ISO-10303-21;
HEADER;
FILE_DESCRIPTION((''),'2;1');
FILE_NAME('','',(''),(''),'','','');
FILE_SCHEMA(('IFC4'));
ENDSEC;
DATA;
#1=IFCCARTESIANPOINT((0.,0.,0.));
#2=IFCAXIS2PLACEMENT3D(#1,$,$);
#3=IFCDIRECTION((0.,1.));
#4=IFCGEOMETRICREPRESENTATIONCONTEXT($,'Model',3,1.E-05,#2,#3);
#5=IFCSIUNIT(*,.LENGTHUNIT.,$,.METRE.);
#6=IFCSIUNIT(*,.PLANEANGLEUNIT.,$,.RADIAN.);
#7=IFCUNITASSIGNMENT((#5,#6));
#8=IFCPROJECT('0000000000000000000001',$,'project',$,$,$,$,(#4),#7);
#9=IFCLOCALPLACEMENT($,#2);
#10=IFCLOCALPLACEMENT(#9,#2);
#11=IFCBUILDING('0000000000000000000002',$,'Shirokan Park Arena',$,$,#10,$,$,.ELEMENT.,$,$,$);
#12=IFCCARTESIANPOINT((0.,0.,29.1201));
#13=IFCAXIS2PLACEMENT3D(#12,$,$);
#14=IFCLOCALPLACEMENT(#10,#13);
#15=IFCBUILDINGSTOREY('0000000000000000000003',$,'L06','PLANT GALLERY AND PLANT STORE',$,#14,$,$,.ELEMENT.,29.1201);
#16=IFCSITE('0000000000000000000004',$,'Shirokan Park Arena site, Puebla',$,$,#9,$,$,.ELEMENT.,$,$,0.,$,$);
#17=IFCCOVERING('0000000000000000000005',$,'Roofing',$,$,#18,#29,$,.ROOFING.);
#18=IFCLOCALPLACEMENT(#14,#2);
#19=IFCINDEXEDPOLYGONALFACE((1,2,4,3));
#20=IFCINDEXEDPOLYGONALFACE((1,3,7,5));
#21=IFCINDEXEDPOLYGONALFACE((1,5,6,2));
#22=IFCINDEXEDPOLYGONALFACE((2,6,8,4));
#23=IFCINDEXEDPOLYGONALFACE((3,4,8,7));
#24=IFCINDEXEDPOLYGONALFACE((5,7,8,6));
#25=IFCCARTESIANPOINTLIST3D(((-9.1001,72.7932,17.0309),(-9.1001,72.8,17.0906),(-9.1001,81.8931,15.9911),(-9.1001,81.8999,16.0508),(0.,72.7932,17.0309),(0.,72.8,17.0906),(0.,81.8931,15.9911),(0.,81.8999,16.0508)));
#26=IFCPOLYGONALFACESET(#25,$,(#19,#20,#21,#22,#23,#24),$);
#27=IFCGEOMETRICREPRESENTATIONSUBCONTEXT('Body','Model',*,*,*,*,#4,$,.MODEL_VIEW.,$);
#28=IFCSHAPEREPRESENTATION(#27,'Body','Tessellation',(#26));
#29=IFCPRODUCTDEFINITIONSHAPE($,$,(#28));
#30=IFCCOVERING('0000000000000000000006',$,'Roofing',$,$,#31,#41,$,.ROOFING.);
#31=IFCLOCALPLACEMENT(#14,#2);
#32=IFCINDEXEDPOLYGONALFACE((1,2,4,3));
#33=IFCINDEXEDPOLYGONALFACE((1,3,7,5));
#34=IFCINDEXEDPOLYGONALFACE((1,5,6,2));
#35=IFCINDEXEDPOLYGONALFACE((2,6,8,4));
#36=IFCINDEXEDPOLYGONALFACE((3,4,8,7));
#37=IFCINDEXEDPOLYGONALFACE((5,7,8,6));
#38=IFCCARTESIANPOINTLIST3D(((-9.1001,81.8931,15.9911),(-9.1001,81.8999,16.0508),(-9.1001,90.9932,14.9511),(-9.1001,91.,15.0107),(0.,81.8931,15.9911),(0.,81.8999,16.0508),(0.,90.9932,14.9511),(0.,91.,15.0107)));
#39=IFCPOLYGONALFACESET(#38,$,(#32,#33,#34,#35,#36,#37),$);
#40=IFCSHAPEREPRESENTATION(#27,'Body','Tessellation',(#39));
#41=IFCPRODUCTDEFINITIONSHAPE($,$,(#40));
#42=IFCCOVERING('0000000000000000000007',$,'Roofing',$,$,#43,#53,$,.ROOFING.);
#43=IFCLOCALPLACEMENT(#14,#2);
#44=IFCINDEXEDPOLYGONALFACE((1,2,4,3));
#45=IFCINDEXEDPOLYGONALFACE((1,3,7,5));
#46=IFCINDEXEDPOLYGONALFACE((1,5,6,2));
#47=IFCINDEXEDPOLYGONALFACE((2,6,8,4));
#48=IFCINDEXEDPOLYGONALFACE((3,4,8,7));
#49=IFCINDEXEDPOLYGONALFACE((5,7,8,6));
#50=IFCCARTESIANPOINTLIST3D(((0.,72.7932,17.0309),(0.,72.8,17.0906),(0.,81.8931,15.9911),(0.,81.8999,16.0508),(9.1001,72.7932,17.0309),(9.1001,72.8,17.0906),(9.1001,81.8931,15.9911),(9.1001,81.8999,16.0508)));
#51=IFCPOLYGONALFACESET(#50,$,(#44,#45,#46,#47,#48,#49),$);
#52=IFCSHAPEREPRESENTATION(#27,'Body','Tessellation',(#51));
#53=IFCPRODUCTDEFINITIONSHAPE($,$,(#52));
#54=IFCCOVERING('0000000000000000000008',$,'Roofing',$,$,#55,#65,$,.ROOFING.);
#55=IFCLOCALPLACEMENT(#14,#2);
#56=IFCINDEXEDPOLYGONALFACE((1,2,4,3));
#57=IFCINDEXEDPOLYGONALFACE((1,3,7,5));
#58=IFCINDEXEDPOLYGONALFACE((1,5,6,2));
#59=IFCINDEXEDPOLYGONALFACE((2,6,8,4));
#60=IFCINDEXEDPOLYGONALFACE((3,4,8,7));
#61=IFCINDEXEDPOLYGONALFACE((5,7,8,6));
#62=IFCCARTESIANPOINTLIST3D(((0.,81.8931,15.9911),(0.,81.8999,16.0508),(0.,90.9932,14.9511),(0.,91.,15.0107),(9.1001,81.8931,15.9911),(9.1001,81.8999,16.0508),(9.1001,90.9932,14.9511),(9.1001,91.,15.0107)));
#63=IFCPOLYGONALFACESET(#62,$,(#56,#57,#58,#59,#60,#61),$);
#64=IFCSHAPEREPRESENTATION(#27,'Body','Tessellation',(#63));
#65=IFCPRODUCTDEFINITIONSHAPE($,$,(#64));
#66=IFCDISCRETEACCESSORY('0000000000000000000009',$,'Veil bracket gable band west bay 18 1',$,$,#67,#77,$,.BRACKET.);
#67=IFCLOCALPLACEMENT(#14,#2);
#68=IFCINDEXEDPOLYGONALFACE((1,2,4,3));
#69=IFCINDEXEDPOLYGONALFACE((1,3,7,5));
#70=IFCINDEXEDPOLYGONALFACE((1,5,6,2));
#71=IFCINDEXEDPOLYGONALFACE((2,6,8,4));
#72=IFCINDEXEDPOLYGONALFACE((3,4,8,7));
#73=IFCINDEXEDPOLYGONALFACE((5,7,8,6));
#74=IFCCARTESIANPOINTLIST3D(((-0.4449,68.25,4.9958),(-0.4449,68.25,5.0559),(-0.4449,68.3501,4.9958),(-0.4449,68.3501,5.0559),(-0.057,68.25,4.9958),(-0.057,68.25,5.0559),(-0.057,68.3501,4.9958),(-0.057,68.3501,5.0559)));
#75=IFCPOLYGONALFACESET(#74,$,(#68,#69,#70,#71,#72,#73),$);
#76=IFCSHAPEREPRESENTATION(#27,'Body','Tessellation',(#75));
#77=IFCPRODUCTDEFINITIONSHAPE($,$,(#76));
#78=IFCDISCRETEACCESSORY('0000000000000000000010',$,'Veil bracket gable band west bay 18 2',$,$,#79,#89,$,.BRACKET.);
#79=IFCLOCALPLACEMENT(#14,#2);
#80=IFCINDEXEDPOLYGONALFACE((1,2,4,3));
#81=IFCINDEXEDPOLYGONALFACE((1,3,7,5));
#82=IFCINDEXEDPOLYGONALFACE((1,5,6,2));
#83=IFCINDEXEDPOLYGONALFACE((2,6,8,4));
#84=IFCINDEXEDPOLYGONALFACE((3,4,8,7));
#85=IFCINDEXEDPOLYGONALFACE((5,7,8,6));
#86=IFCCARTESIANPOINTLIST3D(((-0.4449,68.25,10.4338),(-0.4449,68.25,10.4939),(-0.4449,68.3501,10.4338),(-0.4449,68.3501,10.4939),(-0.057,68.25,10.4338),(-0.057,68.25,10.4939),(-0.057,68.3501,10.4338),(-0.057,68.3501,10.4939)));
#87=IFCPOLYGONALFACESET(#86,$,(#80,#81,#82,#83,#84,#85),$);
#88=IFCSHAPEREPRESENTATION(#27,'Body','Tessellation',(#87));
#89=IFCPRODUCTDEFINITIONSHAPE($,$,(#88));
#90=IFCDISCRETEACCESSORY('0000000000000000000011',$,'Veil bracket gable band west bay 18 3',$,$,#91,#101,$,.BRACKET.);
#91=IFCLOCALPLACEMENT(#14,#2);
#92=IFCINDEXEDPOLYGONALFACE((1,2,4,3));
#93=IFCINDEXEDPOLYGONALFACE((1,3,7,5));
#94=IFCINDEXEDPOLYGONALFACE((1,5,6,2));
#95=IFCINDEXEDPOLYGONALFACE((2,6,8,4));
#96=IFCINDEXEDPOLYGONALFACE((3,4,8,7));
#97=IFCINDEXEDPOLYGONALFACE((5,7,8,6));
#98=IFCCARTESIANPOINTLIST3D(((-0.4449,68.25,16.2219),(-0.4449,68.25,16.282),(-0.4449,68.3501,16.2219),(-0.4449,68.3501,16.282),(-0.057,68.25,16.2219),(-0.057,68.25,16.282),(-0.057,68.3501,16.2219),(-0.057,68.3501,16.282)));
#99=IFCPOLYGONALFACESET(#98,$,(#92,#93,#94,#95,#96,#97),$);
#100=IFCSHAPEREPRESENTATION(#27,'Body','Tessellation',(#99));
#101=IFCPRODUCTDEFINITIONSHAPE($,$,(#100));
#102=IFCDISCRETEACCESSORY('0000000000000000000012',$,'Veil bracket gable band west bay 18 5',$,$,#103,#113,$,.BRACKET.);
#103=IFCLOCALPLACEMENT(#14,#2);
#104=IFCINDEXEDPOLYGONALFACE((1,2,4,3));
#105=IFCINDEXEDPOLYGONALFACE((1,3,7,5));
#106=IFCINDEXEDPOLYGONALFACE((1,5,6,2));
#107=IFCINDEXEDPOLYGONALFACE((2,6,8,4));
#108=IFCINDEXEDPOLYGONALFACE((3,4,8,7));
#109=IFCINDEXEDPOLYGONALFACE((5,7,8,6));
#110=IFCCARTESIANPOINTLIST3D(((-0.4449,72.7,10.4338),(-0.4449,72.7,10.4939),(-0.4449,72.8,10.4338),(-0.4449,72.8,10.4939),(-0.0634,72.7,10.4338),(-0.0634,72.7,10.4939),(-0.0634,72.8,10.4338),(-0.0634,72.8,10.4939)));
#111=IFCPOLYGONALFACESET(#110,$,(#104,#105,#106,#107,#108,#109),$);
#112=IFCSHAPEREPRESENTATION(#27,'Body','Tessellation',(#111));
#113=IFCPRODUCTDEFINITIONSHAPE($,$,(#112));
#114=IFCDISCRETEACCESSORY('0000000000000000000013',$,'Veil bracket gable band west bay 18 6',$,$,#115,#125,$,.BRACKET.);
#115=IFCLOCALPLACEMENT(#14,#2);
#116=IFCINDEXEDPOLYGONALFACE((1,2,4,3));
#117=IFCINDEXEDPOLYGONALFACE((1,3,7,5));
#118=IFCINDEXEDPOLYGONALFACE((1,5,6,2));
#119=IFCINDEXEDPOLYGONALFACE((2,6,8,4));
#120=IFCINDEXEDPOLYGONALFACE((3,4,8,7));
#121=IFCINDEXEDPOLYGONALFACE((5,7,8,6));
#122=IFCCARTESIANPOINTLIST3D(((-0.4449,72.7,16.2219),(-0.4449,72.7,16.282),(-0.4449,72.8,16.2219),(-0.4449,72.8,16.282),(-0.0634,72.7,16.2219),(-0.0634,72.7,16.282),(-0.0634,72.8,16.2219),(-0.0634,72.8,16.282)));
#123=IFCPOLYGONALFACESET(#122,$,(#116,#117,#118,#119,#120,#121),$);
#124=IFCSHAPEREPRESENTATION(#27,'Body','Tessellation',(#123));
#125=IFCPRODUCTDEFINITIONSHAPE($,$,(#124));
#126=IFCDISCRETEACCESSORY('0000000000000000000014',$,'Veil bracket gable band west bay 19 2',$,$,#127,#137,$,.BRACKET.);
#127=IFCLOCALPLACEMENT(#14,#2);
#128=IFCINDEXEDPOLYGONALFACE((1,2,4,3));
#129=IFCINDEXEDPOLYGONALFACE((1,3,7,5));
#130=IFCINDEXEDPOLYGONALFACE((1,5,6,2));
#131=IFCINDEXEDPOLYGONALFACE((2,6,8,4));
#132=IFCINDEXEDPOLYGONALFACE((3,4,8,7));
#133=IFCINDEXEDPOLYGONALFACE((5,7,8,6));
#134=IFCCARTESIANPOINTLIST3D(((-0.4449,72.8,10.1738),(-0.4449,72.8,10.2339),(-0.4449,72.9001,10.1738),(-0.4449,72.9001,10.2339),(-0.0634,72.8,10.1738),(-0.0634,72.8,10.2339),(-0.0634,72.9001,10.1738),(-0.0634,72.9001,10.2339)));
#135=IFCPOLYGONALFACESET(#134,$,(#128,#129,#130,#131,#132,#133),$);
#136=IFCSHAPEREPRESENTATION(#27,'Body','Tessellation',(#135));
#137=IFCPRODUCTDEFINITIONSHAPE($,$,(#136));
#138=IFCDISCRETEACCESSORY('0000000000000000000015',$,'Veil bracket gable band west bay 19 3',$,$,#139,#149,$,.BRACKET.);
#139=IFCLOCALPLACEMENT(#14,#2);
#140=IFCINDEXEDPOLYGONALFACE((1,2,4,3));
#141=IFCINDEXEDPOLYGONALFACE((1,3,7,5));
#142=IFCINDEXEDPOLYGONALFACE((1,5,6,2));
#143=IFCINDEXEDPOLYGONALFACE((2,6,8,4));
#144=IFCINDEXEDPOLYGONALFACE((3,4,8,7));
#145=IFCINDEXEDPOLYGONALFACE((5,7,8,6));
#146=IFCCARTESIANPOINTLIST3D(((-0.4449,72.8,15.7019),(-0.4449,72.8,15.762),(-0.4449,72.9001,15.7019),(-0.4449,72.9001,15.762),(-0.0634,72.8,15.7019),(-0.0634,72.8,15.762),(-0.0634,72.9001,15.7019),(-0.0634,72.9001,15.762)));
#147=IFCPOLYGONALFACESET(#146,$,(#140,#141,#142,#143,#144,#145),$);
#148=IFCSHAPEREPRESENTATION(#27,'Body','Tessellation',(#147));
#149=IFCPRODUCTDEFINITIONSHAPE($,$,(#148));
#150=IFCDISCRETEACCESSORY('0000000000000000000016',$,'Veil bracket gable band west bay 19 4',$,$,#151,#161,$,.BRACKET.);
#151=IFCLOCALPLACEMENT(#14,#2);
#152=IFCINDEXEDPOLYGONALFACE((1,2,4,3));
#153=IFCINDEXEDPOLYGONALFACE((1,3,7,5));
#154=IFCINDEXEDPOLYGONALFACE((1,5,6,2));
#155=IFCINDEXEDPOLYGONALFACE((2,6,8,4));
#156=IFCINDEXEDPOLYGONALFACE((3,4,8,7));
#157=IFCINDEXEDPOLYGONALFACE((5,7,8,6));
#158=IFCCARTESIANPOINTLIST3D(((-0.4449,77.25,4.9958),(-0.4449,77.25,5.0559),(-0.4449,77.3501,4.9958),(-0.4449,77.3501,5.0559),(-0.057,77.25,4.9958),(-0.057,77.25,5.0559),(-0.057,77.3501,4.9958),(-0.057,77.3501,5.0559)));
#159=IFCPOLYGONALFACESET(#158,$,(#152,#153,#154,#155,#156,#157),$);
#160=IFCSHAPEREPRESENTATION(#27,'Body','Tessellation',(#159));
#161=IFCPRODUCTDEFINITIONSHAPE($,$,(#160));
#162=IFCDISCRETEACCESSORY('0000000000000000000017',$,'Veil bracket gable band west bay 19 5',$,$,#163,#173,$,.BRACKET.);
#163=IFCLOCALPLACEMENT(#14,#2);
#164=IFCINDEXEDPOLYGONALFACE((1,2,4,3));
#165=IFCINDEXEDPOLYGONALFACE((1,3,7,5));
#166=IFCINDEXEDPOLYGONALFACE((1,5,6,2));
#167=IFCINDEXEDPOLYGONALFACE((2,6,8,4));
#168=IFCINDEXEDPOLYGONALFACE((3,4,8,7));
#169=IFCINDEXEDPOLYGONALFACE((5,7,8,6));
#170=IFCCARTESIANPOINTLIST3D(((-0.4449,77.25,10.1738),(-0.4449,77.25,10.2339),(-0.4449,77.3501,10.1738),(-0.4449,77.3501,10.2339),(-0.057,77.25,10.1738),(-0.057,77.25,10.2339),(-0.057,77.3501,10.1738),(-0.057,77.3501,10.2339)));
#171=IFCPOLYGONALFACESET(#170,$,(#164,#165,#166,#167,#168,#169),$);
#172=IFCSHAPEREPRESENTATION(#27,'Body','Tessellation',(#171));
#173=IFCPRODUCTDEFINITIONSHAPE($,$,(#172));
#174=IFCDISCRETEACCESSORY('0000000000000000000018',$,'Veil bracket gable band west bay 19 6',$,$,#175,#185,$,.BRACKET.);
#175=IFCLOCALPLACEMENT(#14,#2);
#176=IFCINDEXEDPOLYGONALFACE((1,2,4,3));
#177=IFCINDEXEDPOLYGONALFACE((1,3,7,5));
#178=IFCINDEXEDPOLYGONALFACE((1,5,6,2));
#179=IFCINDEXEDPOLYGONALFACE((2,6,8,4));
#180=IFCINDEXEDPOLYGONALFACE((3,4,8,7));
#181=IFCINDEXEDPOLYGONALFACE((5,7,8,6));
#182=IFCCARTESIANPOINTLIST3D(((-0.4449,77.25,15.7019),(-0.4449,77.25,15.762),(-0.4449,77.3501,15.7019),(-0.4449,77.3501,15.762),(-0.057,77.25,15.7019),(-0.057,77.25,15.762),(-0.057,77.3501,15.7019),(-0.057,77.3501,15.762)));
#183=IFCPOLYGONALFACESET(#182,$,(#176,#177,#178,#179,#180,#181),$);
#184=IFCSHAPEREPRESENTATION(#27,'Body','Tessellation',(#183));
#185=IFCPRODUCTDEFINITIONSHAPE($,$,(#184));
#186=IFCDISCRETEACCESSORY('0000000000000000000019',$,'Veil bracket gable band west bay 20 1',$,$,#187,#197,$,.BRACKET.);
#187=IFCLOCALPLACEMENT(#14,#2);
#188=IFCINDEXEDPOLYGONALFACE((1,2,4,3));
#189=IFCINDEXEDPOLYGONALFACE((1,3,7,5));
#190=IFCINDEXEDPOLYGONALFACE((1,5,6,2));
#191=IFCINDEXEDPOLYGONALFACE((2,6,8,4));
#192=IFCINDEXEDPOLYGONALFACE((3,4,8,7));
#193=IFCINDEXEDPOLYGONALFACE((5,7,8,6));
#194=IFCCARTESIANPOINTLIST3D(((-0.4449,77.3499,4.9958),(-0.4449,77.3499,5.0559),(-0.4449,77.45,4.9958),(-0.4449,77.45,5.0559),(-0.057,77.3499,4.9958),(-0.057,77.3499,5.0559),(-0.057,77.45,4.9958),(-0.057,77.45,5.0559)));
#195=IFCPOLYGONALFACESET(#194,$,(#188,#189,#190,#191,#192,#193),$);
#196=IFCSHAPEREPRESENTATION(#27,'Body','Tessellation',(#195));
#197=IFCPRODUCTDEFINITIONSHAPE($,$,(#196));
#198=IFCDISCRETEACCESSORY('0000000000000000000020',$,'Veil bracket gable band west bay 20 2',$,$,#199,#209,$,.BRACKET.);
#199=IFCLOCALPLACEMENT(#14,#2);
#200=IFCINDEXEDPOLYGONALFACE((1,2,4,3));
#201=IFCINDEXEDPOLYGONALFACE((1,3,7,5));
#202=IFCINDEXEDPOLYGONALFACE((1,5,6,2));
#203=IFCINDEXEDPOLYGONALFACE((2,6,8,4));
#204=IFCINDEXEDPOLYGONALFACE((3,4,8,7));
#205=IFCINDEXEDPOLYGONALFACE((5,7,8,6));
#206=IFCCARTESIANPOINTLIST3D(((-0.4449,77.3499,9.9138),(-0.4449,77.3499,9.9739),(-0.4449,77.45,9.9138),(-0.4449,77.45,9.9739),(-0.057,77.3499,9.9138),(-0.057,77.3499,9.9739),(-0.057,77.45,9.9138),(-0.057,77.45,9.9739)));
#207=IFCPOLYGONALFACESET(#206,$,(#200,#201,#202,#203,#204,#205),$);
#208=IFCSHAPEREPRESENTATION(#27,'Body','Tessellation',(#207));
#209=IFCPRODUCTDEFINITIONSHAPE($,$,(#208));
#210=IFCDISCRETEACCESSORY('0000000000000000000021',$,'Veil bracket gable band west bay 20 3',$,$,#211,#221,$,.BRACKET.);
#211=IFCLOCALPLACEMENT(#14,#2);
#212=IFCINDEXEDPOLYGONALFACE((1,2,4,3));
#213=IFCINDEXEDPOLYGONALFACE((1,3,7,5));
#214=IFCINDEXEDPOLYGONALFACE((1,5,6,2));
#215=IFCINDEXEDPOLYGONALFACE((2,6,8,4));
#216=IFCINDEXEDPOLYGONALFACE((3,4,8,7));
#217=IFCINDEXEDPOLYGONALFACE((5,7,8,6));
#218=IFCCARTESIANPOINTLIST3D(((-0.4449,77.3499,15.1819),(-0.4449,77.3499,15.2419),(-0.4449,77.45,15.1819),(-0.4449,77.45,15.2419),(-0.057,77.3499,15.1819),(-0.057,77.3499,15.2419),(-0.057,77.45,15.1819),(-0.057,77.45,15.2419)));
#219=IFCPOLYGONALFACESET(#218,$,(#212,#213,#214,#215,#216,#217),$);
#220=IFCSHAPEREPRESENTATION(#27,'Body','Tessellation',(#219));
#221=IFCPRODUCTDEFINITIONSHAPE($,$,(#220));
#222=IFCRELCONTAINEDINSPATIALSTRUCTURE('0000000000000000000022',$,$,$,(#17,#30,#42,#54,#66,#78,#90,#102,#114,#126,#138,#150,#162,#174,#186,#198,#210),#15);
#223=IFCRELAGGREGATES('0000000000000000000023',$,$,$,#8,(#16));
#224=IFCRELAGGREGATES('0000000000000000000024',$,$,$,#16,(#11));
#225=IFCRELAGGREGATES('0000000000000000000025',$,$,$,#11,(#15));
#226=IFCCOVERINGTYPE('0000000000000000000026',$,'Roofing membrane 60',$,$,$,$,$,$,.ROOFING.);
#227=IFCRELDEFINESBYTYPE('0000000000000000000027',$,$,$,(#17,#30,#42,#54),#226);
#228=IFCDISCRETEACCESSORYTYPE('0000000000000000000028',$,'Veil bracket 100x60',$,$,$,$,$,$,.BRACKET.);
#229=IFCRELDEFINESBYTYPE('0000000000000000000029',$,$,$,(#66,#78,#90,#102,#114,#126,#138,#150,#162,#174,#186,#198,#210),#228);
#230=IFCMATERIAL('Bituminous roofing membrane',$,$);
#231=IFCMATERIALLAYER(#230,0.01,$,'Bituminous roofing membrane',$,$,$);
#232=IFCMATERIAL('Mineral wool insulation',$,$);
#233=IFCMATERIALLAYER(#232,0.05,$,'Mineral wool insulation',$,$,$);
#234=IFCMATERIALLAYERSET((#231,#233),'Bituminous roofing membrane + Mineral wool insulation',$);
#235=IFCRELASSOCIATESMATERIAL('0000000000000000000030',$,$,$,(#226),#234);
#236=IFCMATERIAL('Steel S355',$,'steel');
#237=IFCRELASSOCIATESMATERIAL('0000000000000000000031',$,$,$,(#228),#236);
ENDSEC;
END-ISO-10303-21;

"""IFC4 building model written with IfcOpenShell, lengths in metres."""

from ifc_helpers import new_model, si_unit, direction, frame, origin, origin_2d, place, context, subcontext, project, spatial, polyline, rectangle, outline, extrude, material, layer, layer_set, type_object, element, save


model = new_model("IFC4")

# Units and contexts
model_context = context("Model", 3, precision=1e-05, world=origin(), true_north=direction((0.0, 1.0)))
body_context = subcontext(model_context, "Body", "Model", "MODEL_VIEW")
ifc_project = project(units=[si_unit("LENGTHUNIT", "METRE"), si_unit("PLANEANGLEUNIT", "RADIAN")], contexts=[model_context])

# Site, building, storey
site_placement = place(None, origin())
site = spatial("IfcSite", under=ifc_project, at=site_placement, Name="Shirokan Park Arena site, Puebla", CompositionType="ELEMENT", RefElevation=0.0)
building_placement = place(site_placement, origin())
building = spatial("IfcBuilding", under=site, at=building_placement, Name="Shirokan Park Arena", CompositionType="ELEMENT")
storey_placement = place(building_placement, frame((0.0, 0.0, 29.1201)))
storey = spatial("IfcBuildingStorey", under=building, at=storey_placement, Name="L06", Description="PLANT GALLERY AND PLANT STORE", CompositionType="ELEMENT", Elevation=29.1201)

# Coverings
ifc_material_1 = material(Name="Bituminous roofing membrane")
ifc_layer_1 = layer(ifc_material_1, 0.01, Name="Bituminous roofing membrane")
ifc_material_2 = material(Name="Mineral wool insulation")
ifc_layer_2 = layer(ifc_material_2, 0.05, Name="Mineral wool insulation")
ifc_layer_set_1 = layer_set([ifc_layer_1, ifc_layer_2], Name="Bituminous roofing membrane + Mineral wool insulation")
covering_type = type_object("IfcCoveringType", Name="Roofing membrane 60", PredefinedType="ROOFING", material=ifc_layer_set_1)
covering_1_placement = place(storey_placement, frame((-9.1001, 72.8, 17.0906), z_axis=(0.0, 0.113526, 0.993535), x_axis=(1.0, 0.0, 0.0)))
element("IfcCovering", 1, at=covering_1_placement, inside=storey, type_object=covering_type, Name="Roofing", PredefinedType="ROOFING", context=body_context, shape_type="SweptSolid", body=[
    extrude(outline(polyline([(0.0, 0.0), (9.1001, 0.0), (9.1001, 9.1591), (0.0, 9.1591), (0.0, 0.0)])), origin(), (0.0, 0.0, -1.0), 0.0601),
])
covering_2_placement = place(storey_placement, frame((-9.1001, 81.8999, 16.0508), z_axis=(0.0, 0.11355, 0.993532), x_axis=(1.0, 0.0, 0.0)))
element("IfcCovering", 2, at=covering_2_placement, inside=storey, type_object=covering_type, Name="Roofing", PredefinedType="ROOFING", context=body_context, shape_type="SweptSolid", body=[
    extrude(outline(polyline([(0.0, 0.0), (9.1001, 0.0), (9.1001, 9.1593), (0.0, 9.1593), (0.0, 0.0)])), origin(), (0.0, 0.0, -1.0), 0.0601),
])
covering_3_placement = place(storey_placement, frame((0.0, 72.8, 17.0906), z_axis=(0.0, 0.113526, 0.993535), x_axis=(1.0, 0.0, 0.0)))
element("IfcCovering", 3, at=covering_3_placement, inside=storey, type_object=covering_type, Name="Roofing", PredefinedType="ROOFING", context=body_context, shape_type="SweptSolid", body=[
    extrude(outline(polyline([(0.0, 0.0), (9.1001, 0.0), (9.1001, 9.1591), (0.0, 9.1591), (0.0, 0.0)])), origin(), (0.0, 0.0, -1.0), 0.0601),
])
covering_4_placement = place(storey_placement, frame((0.0, 81.8999, 16.0508), z_axis=(0.0, 0.11355, 0.993532), x_axis=(1.0, 0.0, 0.0)))
element("IfcCovering", 4, at=covering_4_placement, inside=storey, type_object=covering_type, Name="Roofing", PredefinedType="ROOFING", context=body_context, shape_type="SweptSolid", body=[
    extrude(outline(polyline([(0.0, 0.0), (9.1001, 0.0), (9.1001, 9.1593), (0.0, 9.1593), (0.0, 0.0)])), origin(), (0.0, 0.0, -1.0), 0.0601),
])

# Discrete accessories
ifc_material_3 = material(Name="Steel S355", Category="steel")
discrete_accessory_type = type_object("IfcDiscreteAccessoryType", Name="Veil bracket 100x60", PredefinedType="BRACKET", material=ifc_material_3)
for number, where, z_axis, x_axis, name in (
    (5, (-0.251, 68.3, 4.9958), (0.0, 0.0, 1.0), (1.0, 0.0, 0.0), "Veil bracket gable band west bay 18 1"),
    (6, (-0.251, 68.3, 10.4338), (0.0, 0.0, 1.0), (1.0, 0.0, 0.0), "Veil bracket gable band west bay 18 2"),
    (7, (-0.251, 68.3, 16.2219), (0.0, 0.0, 1.0), (1.0, 0.0, 0.0), "Veil bracket gable band west bay 18 3"),
):
    element("IfcDiscreteAccessory", number, at=place(storey_placement, frame(where, z_axis=z_axis, x_axis=x_axis)), inside=storey, type_object=discrete_accessory_type, Name=name, PredefinedType="BRACKET", context=body_context, shape_type="SweptSolid", body=[
        extrude(rectangle(XDim=0.3879, YDim=0.1001, at=origin_2d()), origin(), (0.0, 0.0, 1.0), 0.0601),
    ])
for number, where, z_axis, x_axis, name in (
    (8, (-0.2542, 72.75, 10.4338), (0.0, 0.0, 1.0), (1.0, 0.0, 0.0), "Veil bracket gable band west bay 18 5"),
    (9, (-0.2542, 72.75, 16.2219), (0.0, 0.0, 1.0), (1.0, 0.0, 0.0), "Veil bracket gable band west bay 18 6"),
    (10, (-0.2542, 72.8501, 10.1738), (0.0, 0.0, 1.0), (1.0, 0.0, 0.0), "Veil bracket gable band west bay 19 2"),
    (11, (-0.2542, 72.8501, 15.7019), (0.0, 0.0, 1.0), (1.0, 0.0, 0.0), "Veil bracket gable band west bay 19 3"),
):
    element("IfcDiscreteAccessory", number, at=place(storey_placement, frame(where, z_axis=z_axis, x_axis=x_axis)), inside=storey, type_object=discrete_accessory_type, Name=name, PredefinedType="BRACKET", context=body_context, shape_type="SweptSolid", body=[
        extrude(rectangle(XDim=0.3816, YDim=0.1001, at=origin_2d()), origin(), (0.0, 0.0, 1.0), 0.0601),
    ])
for number, where, z_axis, x_axis, name in (
    (12, (-0.251, 77.3, 4.9958), (0.0, 0.0, 1.0), (1.0, 0.0, 0.0), "Veil bracket gable band west bay 19 4"),
    (13, (-0.251, 77.3, 10.1738), (0.0, 0.0, 1.0), (1.0, 0.0, 0.0), "Veil bracket gable band west bay 19 5"),
    (14, (-0.251, 77.3, 15.7019), (0.0, 0.0, 1.0), (1.0, 0.0, 0.0), "Veil bracket gable band west bay 19 6"),
    (15, (-0.251, 77.3999, 4.9958), (0.0, 0.0, 1.0), (1.0, 0.0, 0.0), "Veil bracket gable band west bay 20 1"),
    (16, (-0.251, 77.3999, 9.9138), (0.0, 0.0, 1.0), (1.0, 0.0, 0.0), "Veil bracket gable band west bay 20 2"),
    (17, (-0.251, 77.3999, 15.1819), (0.0, 0.0, 1.0), (1.0, 0.0, 0.0), "Veil bracket gable band west bay 20 3"),
):
    element("IfcDiscreteAccessory", number, at=place(storey_placement, frame(where, z_axis=z_axis, x_axis=x_axis)), inside=storey, type_object=discrete_accessory_type, Name=name, PredefinedType="BRACKET", context=body_context, shape_type="SweptSolid", body=[
        extrude(rectangle(XDim=0.3879, YDim=0.1001, at=origin_2d()), origin(), (0.0, 0.0, 1.0), 0.0601),
    ])

save(model, "model.ifc")
